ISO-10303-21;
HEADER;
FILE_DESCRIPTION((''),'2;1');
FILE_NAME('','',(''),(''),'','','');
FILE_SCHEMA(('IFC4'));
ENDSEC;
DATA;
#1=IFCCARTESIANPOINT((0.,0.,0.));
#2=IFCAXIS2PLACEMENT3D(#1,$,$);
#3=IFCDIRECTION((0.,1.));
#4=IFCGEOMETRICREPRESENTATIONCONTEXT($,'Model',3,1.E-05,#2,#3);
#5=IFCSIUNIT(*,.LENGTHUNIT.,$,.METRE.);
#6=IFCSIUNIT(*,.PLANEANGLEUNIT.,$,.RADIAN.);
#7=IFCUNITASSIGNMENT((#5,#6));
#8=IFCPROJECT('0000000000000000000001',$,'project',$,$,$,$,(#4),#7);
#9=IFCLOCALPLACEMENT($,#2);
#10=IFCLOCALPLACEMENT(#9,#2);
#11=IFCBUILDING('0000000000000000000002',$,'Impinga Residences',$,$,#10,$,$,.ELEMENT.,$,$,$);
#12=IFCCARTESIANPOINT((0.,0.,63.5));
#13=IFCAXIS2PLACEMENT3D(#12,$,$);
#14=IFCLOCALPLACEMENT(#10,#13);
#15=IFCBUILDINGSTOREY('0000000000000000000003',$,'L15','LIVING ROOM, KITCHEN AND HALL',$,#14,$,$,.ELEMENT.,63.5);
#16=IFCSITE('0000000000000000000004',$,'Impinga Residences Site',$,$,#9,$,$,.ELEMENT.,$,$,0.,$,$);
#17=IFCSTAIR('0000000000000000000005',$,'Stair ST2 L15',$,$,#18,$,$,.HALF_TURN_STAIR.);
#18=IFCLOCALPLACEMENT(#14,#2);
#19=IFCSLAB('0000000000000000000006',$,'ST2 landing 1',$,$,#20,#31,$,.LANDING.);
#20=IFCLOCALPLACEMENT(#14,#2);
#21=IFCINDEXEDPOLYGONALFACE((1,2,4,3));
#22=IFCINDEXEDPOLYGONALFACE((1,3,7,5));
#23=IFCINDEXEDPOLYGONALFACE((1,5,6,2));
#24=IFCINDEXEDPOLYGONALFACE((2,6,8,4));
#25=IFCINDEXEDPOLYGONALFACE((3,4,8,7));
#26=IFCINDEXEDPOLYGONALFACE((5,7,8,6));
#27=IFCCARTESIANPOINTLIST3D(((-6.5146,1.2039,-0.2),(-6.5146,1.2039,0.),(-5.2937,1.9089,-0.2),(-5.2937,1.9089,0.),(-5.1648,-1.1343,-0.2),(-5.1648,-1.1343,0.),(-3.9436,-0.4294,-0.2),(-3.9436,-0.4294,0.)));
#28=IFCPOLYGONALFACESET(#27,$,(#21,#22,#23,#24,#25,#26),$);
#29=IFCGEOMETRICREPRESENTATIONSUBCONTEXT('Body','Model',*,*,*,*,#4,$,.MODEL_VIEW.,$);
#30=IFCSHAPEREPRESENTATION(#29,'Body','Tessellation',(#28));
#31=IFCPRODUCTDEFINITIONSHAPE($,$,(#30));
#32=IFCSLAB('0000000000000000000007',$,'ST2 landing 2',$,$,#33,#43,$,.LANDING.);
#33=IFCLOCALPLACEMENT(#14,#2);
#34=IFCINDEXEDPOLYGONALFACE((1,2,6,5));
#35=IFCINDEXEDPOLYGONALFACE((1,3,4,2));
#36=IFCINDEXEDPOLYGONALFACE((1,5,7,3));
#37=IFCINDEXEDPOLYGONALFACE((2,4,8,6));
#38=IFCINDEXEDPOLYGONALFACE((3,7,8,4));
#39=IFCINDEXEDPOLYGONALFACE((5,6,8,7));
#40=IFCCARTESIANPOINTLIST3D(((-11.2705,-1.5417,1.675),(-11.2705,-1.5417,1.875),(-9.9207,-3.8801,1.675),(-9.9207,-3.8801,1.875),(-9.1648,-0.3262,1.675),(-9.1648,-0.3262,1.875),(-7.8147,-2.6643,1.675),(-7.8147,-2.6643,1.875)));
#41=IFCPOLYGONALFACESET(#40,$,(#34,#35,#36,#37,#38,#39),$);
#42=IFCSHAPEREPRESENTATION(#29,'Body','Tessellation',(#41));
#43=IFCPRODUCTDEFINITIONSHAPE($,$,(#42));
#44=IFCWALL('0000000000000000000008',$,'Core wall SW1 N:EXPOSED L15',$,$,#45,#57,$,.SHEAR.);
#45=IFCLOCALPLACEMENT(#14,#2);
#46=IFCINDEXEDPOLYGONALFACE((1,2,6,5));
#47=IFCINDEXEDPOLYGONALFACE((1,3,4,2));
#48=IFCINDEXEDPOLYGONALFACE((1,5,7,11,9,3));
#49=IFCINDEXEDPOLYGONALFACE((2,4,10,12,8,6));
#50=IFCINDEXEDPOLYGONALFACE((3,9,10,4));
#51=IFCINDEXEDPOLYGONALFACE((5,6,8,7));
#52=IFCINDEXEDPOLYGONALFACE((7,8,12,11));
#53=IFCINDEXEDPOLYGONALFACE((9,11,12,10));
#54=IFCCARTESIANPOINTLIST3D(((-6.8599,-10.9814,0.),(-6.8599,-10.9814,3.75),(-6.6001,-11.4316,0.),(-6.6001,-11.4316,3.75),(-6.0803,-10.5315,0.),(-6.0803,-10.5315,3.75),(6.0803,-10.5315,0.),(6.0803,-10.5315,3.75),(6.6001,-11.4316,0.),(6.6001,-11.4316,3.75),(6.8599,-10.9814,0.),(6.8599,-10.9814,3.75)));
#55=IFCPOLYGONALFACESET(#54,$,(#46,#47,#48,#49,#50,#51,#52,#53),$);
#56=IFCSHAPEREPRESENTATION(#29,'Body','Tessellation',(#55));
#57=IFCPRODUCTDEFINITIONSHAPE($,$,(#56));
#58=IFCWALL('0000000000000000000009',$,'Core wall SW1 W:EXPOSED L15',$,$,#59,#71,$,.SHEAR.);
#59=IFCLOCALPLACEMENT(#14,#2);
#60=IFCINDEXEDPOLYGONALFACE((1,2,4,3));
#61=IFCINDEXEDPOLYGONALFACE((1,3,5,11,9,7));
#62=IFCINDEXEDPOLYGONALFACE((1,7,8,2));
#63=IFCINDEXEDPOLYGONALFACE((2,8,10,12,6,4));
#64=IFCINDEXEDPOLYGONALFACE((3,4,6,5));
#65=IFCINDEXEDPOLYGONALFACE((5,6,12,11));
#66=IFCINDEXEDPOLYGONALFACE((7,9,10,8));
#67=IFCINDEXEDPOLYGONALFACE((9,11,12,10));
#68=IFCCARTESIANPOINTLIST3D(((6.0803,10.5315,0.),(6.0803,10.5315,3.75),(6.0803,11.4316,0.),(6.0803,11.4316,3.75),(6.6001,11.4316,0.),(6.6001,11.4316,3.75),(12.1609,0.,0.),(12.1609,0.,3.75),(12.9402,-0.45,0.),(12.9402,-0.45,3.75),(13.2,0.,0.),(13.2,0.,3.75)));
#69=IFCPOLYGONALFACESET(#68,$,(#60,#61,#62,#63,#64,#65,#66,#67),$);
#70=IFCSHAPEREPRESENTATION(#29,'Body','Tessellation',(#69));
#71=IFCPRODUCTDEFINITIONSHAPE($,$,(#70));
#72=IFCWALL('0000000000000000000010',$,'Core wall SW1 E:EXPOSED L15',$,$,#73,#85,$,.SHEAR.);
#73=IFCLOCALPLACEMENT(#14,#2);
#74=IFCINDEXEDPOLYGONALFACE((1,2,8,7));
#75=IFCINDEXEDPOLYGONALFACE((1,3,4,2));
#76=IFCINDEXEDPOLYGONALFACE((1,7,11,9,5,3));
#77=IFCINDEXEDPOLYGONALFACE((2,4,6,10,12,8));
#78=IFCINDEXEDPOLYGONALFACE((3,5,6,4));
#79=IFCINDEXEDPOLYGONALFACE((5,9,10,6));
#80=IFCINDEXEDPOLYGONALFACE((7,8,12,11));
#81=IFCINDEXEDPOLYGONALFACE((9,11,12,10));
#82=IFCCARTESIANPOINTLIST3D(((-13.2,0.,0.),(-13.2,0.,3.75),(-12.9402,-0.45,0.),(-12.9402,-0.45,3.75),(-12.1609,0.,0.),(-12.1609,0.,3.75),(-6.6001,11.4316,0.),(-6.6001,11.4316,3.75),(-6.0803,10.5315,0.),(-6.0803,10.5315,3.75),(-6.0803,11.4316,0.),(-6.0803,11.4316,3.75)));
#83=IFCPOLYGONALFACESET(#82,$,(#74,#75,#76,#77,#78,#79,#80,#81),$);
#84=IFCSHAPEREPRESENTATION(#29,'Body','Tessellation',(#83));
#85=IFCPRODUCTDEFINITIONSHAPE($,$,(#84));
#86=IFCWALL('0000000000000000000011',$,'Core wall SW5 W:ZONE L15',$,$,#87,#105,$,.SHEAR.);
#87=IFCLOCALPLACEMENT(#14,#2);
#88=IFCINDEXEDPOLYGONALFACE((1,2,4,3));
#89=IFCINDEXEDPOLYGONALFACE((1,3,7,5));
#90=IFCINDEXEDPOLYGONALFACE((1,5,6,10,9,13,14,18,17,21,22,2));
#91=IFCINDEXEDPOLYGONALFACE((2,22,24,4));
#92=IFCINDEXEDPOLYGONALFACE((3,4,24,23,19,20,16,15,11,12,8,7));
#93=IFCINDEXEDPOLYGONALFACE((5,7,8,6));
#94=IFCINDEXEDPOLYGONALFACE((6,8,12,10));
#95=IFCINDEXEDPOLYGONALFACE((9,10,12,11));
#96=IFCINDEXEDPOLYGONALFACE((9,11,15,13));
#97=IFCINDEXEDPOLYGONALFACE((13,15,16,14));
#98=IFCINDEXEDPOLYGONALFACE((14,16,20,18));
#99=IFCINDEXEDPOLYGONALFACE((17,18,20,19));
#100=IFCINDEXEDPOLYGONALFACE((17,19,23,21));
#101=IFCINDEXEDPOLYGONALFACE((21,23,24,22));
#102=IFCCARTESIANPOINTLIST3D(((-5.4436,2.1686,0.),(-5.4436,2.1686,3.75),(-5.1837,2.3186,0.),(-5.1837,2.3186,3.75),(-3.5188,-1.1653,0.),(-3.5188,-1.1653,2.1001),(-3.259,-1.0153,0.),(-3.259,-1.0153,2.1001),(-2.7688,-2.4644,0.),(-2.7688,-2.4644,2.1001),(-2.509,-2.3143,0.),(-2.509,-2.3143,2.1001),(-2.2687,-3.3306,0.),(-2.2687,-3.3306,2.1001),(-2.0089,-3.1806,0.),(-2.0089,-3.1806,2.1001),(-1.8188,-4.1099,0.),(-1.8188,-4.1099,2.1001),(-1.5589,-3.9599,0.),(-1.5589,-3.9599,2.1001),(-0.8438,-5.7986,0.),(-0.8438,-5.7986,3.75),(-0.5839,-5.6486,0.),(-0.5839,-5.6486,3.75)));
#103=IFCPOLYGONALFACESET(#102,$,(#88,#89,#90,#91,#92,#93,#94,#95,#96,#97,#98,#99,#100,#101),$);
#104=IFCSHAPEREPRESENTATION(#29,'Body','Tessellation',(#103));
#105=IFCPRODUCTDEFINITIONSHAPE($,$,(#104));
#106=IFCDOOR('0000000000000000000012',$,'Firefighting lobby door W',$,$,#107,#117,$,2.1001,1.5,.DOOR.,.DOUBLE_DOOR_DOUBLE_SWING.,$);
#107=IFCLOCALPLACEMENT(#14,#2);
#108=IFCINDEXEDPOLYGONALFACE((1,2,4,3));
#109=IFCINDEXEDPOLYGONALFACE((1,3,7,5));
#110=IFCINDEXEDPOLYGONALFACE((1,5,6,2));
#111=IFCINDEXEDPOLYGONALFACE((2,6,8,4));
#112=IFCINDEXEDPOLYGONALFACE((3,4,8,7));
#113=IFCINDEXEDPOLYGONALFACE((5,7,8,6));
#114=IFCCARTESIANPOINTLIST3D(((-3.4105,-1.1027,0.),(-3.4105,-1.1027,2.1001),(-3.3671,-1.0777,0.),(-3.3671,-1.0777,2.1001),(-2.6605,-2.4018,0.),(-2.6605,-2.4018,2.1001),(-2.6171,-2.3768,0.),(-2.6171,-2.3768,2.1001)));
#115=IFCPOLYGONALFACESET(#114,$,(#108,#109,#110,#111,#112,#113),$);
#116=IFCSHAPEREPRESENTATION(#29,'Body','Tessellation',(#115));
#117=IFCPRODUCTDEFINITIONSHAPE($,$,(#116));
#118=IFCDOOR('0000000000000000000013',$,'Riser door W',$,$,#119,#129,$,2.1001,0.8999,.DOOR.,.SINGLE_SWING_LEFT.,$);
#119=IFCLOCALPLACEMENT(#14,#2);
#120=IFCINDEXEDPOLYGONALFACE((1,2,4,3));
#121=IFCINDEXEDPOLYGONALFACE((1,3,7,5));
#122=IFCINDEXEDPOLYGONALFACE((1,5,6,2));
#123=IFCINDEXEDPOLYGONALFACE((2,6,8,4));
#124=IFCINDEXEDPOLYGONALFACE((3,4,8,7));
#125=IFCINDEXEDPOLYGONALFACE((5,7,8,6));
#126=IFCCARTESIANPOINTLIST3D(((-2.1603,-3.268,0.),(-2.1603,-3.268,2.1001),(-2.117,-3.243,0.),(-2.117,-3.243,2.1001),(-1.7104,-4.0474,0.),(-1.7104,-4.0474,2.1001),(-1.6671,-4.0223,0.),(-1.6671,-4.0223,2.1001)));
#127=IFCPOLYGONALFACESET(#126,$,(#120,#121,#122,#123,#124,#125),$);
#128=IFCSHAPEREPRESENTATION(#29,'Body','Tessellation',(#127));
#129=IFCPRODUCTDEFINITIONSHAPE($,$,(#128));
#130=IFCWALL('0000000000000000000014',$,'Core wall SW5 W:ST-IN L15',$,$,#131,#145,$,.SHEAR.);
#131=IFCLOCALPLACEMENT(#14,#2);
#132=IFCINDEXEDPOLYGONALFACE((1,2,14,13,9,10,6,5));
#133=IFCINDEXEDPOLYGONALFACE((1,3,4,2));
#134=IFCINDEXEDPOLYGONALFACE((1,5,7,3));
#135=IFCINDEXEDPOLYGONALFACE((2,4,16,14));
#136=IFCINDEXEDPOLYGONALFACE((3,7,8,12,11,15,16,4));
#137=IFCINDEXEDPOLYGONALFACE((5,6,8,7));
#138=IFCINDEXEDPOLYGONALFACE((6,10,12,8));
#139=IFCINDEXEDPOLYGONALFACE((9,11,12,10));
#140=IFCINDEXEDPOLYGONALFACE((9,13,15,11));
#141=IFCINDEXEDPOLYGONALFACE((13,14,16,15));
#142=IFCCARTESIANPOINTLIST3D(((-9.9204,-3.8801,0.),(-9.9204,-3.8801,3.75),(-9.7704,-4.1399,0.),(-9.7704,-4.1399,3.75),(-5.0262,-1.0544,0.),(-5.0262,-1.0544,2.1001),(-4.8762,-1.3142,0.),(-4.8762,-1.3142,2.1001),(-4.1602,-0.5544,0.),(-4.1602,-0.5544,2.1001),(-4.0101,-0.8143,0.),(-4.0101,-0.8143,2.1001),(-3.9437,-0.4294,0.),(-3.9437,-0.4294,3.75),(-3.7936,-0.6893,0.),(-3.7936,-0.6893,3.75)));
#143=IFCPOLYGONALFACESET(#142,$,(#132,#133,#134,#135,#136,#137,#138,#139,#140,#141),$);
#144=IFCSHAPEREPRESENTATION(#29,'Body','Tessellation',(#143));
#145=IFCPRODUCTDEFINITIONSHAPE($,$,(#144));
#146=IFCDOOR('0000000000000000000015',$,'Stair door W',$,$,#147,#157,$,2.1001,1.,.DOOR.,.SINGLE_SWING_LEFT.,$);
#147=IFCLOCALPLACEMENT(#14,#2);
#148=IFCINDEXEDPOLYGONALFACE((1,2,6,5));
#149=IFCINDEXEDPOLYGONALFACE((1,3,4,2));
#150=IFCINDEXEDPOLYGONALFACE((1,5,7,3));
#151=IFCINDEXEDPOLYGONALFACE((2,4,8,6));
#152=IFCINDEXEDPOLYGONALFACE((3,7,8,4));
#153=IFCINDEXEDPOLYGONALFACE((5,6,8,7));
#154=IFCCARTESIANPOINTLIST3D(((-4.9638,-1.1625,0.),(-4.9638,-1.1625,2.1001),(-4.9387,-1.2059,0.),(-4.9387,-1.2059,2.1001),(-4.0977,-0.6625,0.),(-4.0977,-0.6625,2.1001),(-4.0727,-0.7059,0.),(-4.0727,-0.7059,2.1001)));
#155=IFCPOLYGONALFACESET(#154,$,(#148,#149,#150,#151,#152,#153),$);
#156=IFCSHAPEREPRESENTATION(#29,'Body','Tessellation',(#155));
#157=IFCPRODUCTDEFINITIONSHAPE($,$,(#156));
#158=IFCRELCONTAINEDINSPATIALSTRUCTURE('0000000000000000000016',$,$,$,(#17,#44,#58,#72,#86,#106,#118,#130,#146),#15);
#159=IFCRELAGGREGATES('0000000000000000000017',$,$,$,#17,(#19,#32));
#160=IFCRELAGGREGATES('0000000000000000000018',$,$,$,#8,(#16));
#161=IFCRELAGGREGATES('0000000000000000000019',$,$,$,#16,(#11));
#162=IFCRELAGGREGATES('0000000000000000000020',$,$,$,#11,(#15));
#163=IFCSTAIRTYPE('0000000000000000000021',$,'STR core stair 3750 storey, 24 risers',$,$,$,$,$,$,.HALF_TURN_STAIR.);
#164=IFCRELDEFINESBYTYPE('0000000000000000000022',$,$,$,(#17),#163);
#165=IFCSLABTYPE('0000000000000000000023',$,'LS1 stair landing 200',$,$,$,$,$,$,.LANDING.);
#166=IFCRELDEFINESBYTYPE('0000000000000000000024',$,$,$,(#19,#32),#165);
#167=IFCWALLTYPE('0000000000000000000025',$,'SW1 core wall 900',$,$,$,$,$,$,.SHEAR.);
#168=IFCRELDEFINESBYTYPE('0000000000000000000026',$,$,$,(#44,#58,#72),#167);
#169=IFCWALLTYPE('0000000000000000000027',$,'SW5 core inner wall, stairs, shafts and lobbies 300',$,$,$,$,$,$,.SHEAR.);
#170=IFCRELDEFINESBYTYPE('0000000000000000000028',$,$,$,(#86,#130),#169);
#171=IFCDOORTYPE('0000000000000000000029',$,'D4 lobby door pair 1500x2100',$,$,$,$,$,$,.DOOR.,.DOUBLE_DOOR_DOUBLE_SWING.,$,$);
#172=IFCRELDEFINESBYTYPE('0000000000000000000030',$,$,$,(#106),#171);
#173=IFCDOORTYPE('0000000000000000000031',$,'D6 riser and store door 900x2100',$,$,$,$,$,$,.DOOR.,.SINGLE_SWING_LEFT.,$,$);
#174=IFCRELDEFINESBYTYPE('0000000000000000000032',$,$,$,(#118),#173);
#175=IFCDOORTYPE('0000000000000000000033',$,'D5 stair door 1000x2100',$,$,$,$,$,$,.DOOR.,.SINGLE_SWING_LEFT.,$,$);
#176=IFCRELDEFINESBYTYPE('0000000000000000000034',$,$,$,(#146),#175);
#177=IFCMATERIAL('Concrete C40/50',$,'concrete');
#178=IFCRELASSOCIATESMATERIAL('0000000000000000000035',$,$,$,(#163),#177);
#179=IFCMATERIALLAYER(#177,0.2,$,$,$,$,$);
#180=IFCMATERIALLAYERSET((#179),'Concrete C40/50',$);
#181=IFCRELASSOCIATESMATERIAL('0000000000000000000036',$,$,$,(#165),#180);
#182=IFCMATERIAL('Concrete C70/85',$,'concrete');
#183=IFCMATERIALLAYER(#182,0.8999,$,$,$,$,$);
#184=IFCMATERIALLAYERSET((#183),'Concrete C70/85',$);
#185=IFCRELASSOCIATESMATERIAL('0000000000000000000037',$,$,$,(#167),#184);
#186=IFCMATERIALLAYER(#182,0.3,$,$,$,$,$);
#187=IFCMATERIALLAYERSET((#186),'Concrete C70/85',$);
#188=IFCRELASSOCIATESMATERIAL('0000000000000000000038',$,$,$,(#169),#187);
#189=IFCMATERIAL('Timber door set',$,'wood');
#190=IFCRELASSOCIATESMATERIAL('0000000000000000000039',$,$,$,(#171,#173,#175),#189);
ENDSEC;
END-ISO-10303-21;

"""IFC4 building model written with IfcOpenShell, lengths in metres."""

from ifc_helpers import new_model, si_unit, direction, frame, frame_2d, origin, place, context, subcontext, project, spatial, polyline, rectangle, outline, extrude, material, layer, layer_set, type_object, element, fill, aggregate, save


model = new_model("IFC4")

# Units and contexts
model_context = context("Model", 3, precision=1e-05, world=origin(), true_north=direction((0.0, 1.0)))
body_context = subcontext(model_context, "Body", "Model", "MODEL_VIEW")
ifc_project = project(units=[si_unit("LENGTHUNIT", "METRE"), si_unit("PLANEANGLEUNIT", "RADIAN")], contexts=[model_context])

# Site, building, storey
site_placement = place(None, origin())
site = spatial("IfcSite", under=ifc_project, at=site_placement, Name="Impinga Residences Site", CompositionType="ELEMENT", RefElevation=0.0)
building_placement = place(site_placement, origin())
building = spatial("IfcBuilding", under=site, at=building_placement, Name="Impinga Residences", CompositionType="ELEMENT")
storey_placement = place(building_placement, frame((0.0, 0.0, 63.5)))
storey = spatial("IfcBuildingStorey", under=building, at=storey_placement, Name="L15", Description="LIVING ROOM, KITCHEN AND HALL", CompositionType="ELEMENT", Elevation=63.5)

# Stair, slabs
ifc_material_1 = material(Name="Concrete C40/50", Category="concrete")
stair_type = type_object("IfcStairType", Name="STR core stair 3750 storey, 24 risers", PredefinedType="HALF_TURN_STAIR", material=ifc_material_1)
ifc_layer_1 = layer(ifc_material_1, 0.2)
ifc_layer_set_1 = layer_set([ifc_layer_1], Name="Concrete C40/50")
slab_type_1 = type_object("IfcSlabType", Name="LS1 stair landing 200", PredefinedType="LANDING", material=ifc_layer_set_1)
stair_1_placement = place(storey_placement, origin())
stair_1 = element("IfcStair", 1, at=stair_1_placement, inside=storey, type_object=stair_type, Name="Stair ST2 L15", PredefinedType="HALF_TURN_STAIR")
slab_1_placement = place(storey_placement, frame((0.0, 0.0, -0.2)))
slab_1 = element("IfcSlab", 2, at=slab_1_placement, type_object=slab_type_1, Name="ST2 landing 1", PredefinedType="LANDING", context=body_context, shape_type="SweptSolid", body=[
    extrude(outline(polyline([(-3.9436, -0.4294), (-5.2937, 1.9089), (-6.5146, 1.2039), (-5.1648, -1.1343), (-3.9436, -0.4294)])), origin(), (0.0, 0.0, 1.0), 0.2),
])
slab_2_placement = place(storey_placement, frame((0.0, 0.0, 1.675)))
slab_2 = element("IfcSlab", 3, at=slab_2_placement, type_object=slab_type_1, Name="ST2 landing 2", PredefinedType="LANDING", context=body_context, shape_type="SweptSolid", body=[
    extrude(outline(polyline([(-7.8147, -2.6643), (-9.1648, -0.3262), (-11.2705, -1.5417), (-9.9207, -3.8801), (-7.8147, -2.6643)])), origin(), (0.0, 0.0, 1.0), 0.2),
])

# Walls
ifc_material_2 = material(Name="Concrete C70/85", Category="concrete")
ifc_layer_2 = layer(ifc_material_2, 0.8999)
ifc_layer_set_2 = layer_set([ifc_layer_2], Name="Concrete C70/85")
wall_type_1 = type_object("IfcWallType", Name="SW1 core wall 900", PredefinedType="SHEAR", material=ifc_layer_set_2)
wall_1_placement = place(storey_placement, origin())
element("IfcWall", 4, at=wall_1_placement, inside=storey, type_object=wall_type_1, Name="Core wall SW1 N:EXPOSED L15", PredefinedType="SHEAR", context=body_context, shape_type="SweptSolid", body=[
    extrude(outline(polyline([(-6.6001, -11.4316), (6.6001, -11.4316), (6.8599, -10.9814), (6.0803, -10.5315), (-6.0803, -10.5315), (-6.8599, -10.9814), (-6.6001, -11.4316)])), origin(), (0.0, 0.0, 1.0), 3.75),
])
wall_2_placement = place(storey_placement, origin())
element("IfcWall", 5, at=wall_2_placement, inside=storey, type_object=wall_type_1, Name="Core wall SW1 W:EXPOSED L15", PredefinedType="SHEAR", context=body_context, shape_type="SweptSolid", body=[
    extrude(outline(polyline([(13.2, 0.0), (6.6001, 11.4316), (6.0803, 11.4316), (6.0803, 10.5315), (12.1609, 0.0), (12.9402, -0.45), (13.2, 0.0)])), origin(), (0.0, 0.0, 1.0), 3.75),
])
wall_3_placement = place(storey_placement, origin())
element("IfcWall", 6, at=wall_3_placement, inside=storey, type_object=wall_type_1, Name="Core wall SW1 E:EXPOSED L15", PredefinedType="SHEAR", context=body_context, shape_type="SweptSolid", body=[
    extrude(outline(polyline([(-6.6001, 11.4316), (-13.2, 0.0), (-12.9402, -0.45), (-12.1609, 0.0), (-6.0803, 10.5315), (-6.0803, 11.4316), (-6.6001, 11.4316)])), origin(), (0.0, 0.0, 1.0), 3.75),
])

# Wall, openings, doors
ifc_layer_3 = layer(ifc_material_2, 0.3)
ifc_layer_set_3 = layer_set([ifc_layer_3], Name="Concrete C70/85")
wall_type_2 = type_object("IfcWallType", Name="SW5 core inner wall, stairs, shafts and lobbies 300", PredefinedType="SHEAR", material=ifc_layer_set_3)
wall_4_placement = place(storey_placement, frame((-0.7139, -5.7236, 0.0), z_axis=(0.0, 0.0, 1.0), x_axis=(-0.499995, 0.866028, 0.0)))
wall_4 = element("IfcWall", 7, at=wall_4_placement, inside=storey, type_object=wall_type_2, Name="Core wall SW5 W:ZONE L15", PredefinedType="SHEAR", context=body_context, shape_type="SweptSolid", body=[
    extrude(rectangle(XDim=9.1997, YDim=0.3, at=frame_2d((4.5999, 0.0))), origin(), (0.0, 0.0, 1.0), 3.75),
])
opening_1_placement = place(wall_4_placement, frame((3.8501, 0.0, 0.0)))
opening_1 = element("IfcOpeningElement", 8, at=opening_1_placement, cuts=wall_4, PredefinedType="OPENING", context=body_context, shape_type="SweptSolid", body=[
    extrude(rectangle(XDim=1.5, YDim=2.1001, at=frame_2d((0.75, 1.05))), frame((0.0, 0.1599, 0.0), z_axis=(0.0, -1.0, 0.0), x_axis=(1.0, 0.0, 0.0)), (0.0, 0.0, 1.0), 0.3201),
])
opening_2_placement = place(wall_4_placement, frame((1.95, 0.0, 0.0)))
opening_2 = element("IfcOpeningElement", 9, at=opening_2_placement, cuts=wall_4, PredefinedType="OPENING", context=body_context, shape_type="SweptSolid", body=[
    extrude(rectangle(XDim=0.8999, YDim=2.1001, at=frame_2d((0.45, 1.05))), frame((0.0, 0.1599, 0.0), z_axis=(0.0, -1.0, 0.0), x_axis=(1.0, 0.0, 0.0)), (0.0, 0.0, 1.0), 0.3201),
])
ifc_material_3 = material(Name="Timber door set", Category="wood")
door_type_1 = type_object("IfcDoorType", Name="D4 lobby door pair 1500x2100", OperationType="DOUBLE_DOOR_DOUBLE_SWING", PredefinedType="DOOR", material=ifc_material_3)
door_1_placement = place(opening_1_placement, origin())
door_1 = element("IfcDoor", 10, at=door_1_placement, inside=storey, type_object=door_type_1, Name="Firefighting lobby door W", OperationType="DOUBLE_DOOR_DOUBLE_SWING", OverallHeight=2.1001, OverallWidth=1.5, PredefinedType="DOOR", context=body_context, shape_type="SweptSolid", body=[
    extrude(rectangle(XDim=1.5, YDim=2.1001, at=frame_2d((0.75, 1.05))), frame((0.0, 0.0249, 0.0), z_axis=(0.0, -1.0, 0.0), x_axis=(1.0, 0.0, 0.0)), (0.0, 0.0, 1.0), 0.05),
])
fill(opening_1, door_1)
door_type_2 = type_object("IfcDoorType", Name="D6 riser and store door 900x2100", OperationType="SINGLE_SWING_LEFT", PredefinedType="DOOR", material=ifc_material_3)
door_2_placement = place(opening_2_placement, origin())
door_2 = element("IfcDoor", 11, at=door_2_placement, inside=storey, type_object=door_type_2, Name="Riser door W", OperationType="SINGLE_SWING_LEFT", OverallHeight=2.1001, OverallWidth=0.8999, PredefinedType="DOOR", context=body_context, shape_type="SweptSolid", body=[
    extrude(rectangle(XDim=0.8999, YDim=2.1001, at=frame_2d((0.45, 1.05))), frame((0.0, 0.0249, 0.0), z_axis=(0.0, -1.0, 0.0), x_axis=(1.0, 0.0, 0.0)), (0.0, 0.0, 1.0), 0.05),
])
fill(opening_2, door_2)

# Wall, opening, door
wall_5_placement = place(storey_placement, frame((-3.8687, -0.5593, 0.0), z_axis=(0.0, 0.0, 1.0), x_axis=(-0.866027, -0.499997, 0.0)))
wall_5 = element("IfcWall", 12, at=wall_5_placement, inside=storey, type_object=wall_type_2, Name="Core wall SW5 W:ST-IN L15", PredefinedType="SHEAR", context=body_context, shape_type="SweptSolid", body=[
    extrude(rectangle(XDim=6.9014, YDim=0.3, at=frame_2d((3.4507, 0.0))), origin(), (0.0, 0.0, 1.0), 3.75),
])
opening_3_placement = place(wall_5_placement, frame((0.25, 0.0, 0.0)))
opening_3 = element("IfcOpeningElement", 13, at=opening_3_placement, cuts=wall_5, PredefinedType="OPENING", context=body_context, shape_type="SweptSolid", body=[
    extrude(rectangle(XDim=1.0, YDim=2.1001, at=frame_2d((0.5, 1.05))), frame((0.0, 0.1599, 0.0), z_axis=(0.0, -1.0, 0.0), x_axis=(1.0, 0.0, 0.0)), (0.0, 0.0, 1.0), 0.3201),
])
door_type_3 = type_object("IfcDoorType", Name="D5 stair door 1000x2100", OperationType="SINGLE_SWING_LEFT", PredefinedType="DOOR", material=ifc_material_3)
door_3_placement = place(opening_3_placement, origin())
door_3 = element("IfcDoor", 14, at=door_3_placement, inside=storey, type_object=door_type_3, Name="Stair door W", OperationType="SINGLE_SWING_LEFT", OverallHeight=2.1001, OverallWidth=1.0, PredefinedType="DOOR", context=body_context, shape_type="SweptSolid", body=[
    extrude(rectangle(XDim=1.0, YDim=2.1001, at=frame_2d((0.5, 1.05))), frame((0.0, 0.0249, 0.0), z_axis=(0.0, -1.0, 0.0), x_axis=(1.0, 0.0, 0.0)), (0.0, 0.0, 1.0), 0.05),
])
fill(opening_3, door_3)

aggregate(stair_1, [slab_1, slab_2])

save(model, "model.ifc")
